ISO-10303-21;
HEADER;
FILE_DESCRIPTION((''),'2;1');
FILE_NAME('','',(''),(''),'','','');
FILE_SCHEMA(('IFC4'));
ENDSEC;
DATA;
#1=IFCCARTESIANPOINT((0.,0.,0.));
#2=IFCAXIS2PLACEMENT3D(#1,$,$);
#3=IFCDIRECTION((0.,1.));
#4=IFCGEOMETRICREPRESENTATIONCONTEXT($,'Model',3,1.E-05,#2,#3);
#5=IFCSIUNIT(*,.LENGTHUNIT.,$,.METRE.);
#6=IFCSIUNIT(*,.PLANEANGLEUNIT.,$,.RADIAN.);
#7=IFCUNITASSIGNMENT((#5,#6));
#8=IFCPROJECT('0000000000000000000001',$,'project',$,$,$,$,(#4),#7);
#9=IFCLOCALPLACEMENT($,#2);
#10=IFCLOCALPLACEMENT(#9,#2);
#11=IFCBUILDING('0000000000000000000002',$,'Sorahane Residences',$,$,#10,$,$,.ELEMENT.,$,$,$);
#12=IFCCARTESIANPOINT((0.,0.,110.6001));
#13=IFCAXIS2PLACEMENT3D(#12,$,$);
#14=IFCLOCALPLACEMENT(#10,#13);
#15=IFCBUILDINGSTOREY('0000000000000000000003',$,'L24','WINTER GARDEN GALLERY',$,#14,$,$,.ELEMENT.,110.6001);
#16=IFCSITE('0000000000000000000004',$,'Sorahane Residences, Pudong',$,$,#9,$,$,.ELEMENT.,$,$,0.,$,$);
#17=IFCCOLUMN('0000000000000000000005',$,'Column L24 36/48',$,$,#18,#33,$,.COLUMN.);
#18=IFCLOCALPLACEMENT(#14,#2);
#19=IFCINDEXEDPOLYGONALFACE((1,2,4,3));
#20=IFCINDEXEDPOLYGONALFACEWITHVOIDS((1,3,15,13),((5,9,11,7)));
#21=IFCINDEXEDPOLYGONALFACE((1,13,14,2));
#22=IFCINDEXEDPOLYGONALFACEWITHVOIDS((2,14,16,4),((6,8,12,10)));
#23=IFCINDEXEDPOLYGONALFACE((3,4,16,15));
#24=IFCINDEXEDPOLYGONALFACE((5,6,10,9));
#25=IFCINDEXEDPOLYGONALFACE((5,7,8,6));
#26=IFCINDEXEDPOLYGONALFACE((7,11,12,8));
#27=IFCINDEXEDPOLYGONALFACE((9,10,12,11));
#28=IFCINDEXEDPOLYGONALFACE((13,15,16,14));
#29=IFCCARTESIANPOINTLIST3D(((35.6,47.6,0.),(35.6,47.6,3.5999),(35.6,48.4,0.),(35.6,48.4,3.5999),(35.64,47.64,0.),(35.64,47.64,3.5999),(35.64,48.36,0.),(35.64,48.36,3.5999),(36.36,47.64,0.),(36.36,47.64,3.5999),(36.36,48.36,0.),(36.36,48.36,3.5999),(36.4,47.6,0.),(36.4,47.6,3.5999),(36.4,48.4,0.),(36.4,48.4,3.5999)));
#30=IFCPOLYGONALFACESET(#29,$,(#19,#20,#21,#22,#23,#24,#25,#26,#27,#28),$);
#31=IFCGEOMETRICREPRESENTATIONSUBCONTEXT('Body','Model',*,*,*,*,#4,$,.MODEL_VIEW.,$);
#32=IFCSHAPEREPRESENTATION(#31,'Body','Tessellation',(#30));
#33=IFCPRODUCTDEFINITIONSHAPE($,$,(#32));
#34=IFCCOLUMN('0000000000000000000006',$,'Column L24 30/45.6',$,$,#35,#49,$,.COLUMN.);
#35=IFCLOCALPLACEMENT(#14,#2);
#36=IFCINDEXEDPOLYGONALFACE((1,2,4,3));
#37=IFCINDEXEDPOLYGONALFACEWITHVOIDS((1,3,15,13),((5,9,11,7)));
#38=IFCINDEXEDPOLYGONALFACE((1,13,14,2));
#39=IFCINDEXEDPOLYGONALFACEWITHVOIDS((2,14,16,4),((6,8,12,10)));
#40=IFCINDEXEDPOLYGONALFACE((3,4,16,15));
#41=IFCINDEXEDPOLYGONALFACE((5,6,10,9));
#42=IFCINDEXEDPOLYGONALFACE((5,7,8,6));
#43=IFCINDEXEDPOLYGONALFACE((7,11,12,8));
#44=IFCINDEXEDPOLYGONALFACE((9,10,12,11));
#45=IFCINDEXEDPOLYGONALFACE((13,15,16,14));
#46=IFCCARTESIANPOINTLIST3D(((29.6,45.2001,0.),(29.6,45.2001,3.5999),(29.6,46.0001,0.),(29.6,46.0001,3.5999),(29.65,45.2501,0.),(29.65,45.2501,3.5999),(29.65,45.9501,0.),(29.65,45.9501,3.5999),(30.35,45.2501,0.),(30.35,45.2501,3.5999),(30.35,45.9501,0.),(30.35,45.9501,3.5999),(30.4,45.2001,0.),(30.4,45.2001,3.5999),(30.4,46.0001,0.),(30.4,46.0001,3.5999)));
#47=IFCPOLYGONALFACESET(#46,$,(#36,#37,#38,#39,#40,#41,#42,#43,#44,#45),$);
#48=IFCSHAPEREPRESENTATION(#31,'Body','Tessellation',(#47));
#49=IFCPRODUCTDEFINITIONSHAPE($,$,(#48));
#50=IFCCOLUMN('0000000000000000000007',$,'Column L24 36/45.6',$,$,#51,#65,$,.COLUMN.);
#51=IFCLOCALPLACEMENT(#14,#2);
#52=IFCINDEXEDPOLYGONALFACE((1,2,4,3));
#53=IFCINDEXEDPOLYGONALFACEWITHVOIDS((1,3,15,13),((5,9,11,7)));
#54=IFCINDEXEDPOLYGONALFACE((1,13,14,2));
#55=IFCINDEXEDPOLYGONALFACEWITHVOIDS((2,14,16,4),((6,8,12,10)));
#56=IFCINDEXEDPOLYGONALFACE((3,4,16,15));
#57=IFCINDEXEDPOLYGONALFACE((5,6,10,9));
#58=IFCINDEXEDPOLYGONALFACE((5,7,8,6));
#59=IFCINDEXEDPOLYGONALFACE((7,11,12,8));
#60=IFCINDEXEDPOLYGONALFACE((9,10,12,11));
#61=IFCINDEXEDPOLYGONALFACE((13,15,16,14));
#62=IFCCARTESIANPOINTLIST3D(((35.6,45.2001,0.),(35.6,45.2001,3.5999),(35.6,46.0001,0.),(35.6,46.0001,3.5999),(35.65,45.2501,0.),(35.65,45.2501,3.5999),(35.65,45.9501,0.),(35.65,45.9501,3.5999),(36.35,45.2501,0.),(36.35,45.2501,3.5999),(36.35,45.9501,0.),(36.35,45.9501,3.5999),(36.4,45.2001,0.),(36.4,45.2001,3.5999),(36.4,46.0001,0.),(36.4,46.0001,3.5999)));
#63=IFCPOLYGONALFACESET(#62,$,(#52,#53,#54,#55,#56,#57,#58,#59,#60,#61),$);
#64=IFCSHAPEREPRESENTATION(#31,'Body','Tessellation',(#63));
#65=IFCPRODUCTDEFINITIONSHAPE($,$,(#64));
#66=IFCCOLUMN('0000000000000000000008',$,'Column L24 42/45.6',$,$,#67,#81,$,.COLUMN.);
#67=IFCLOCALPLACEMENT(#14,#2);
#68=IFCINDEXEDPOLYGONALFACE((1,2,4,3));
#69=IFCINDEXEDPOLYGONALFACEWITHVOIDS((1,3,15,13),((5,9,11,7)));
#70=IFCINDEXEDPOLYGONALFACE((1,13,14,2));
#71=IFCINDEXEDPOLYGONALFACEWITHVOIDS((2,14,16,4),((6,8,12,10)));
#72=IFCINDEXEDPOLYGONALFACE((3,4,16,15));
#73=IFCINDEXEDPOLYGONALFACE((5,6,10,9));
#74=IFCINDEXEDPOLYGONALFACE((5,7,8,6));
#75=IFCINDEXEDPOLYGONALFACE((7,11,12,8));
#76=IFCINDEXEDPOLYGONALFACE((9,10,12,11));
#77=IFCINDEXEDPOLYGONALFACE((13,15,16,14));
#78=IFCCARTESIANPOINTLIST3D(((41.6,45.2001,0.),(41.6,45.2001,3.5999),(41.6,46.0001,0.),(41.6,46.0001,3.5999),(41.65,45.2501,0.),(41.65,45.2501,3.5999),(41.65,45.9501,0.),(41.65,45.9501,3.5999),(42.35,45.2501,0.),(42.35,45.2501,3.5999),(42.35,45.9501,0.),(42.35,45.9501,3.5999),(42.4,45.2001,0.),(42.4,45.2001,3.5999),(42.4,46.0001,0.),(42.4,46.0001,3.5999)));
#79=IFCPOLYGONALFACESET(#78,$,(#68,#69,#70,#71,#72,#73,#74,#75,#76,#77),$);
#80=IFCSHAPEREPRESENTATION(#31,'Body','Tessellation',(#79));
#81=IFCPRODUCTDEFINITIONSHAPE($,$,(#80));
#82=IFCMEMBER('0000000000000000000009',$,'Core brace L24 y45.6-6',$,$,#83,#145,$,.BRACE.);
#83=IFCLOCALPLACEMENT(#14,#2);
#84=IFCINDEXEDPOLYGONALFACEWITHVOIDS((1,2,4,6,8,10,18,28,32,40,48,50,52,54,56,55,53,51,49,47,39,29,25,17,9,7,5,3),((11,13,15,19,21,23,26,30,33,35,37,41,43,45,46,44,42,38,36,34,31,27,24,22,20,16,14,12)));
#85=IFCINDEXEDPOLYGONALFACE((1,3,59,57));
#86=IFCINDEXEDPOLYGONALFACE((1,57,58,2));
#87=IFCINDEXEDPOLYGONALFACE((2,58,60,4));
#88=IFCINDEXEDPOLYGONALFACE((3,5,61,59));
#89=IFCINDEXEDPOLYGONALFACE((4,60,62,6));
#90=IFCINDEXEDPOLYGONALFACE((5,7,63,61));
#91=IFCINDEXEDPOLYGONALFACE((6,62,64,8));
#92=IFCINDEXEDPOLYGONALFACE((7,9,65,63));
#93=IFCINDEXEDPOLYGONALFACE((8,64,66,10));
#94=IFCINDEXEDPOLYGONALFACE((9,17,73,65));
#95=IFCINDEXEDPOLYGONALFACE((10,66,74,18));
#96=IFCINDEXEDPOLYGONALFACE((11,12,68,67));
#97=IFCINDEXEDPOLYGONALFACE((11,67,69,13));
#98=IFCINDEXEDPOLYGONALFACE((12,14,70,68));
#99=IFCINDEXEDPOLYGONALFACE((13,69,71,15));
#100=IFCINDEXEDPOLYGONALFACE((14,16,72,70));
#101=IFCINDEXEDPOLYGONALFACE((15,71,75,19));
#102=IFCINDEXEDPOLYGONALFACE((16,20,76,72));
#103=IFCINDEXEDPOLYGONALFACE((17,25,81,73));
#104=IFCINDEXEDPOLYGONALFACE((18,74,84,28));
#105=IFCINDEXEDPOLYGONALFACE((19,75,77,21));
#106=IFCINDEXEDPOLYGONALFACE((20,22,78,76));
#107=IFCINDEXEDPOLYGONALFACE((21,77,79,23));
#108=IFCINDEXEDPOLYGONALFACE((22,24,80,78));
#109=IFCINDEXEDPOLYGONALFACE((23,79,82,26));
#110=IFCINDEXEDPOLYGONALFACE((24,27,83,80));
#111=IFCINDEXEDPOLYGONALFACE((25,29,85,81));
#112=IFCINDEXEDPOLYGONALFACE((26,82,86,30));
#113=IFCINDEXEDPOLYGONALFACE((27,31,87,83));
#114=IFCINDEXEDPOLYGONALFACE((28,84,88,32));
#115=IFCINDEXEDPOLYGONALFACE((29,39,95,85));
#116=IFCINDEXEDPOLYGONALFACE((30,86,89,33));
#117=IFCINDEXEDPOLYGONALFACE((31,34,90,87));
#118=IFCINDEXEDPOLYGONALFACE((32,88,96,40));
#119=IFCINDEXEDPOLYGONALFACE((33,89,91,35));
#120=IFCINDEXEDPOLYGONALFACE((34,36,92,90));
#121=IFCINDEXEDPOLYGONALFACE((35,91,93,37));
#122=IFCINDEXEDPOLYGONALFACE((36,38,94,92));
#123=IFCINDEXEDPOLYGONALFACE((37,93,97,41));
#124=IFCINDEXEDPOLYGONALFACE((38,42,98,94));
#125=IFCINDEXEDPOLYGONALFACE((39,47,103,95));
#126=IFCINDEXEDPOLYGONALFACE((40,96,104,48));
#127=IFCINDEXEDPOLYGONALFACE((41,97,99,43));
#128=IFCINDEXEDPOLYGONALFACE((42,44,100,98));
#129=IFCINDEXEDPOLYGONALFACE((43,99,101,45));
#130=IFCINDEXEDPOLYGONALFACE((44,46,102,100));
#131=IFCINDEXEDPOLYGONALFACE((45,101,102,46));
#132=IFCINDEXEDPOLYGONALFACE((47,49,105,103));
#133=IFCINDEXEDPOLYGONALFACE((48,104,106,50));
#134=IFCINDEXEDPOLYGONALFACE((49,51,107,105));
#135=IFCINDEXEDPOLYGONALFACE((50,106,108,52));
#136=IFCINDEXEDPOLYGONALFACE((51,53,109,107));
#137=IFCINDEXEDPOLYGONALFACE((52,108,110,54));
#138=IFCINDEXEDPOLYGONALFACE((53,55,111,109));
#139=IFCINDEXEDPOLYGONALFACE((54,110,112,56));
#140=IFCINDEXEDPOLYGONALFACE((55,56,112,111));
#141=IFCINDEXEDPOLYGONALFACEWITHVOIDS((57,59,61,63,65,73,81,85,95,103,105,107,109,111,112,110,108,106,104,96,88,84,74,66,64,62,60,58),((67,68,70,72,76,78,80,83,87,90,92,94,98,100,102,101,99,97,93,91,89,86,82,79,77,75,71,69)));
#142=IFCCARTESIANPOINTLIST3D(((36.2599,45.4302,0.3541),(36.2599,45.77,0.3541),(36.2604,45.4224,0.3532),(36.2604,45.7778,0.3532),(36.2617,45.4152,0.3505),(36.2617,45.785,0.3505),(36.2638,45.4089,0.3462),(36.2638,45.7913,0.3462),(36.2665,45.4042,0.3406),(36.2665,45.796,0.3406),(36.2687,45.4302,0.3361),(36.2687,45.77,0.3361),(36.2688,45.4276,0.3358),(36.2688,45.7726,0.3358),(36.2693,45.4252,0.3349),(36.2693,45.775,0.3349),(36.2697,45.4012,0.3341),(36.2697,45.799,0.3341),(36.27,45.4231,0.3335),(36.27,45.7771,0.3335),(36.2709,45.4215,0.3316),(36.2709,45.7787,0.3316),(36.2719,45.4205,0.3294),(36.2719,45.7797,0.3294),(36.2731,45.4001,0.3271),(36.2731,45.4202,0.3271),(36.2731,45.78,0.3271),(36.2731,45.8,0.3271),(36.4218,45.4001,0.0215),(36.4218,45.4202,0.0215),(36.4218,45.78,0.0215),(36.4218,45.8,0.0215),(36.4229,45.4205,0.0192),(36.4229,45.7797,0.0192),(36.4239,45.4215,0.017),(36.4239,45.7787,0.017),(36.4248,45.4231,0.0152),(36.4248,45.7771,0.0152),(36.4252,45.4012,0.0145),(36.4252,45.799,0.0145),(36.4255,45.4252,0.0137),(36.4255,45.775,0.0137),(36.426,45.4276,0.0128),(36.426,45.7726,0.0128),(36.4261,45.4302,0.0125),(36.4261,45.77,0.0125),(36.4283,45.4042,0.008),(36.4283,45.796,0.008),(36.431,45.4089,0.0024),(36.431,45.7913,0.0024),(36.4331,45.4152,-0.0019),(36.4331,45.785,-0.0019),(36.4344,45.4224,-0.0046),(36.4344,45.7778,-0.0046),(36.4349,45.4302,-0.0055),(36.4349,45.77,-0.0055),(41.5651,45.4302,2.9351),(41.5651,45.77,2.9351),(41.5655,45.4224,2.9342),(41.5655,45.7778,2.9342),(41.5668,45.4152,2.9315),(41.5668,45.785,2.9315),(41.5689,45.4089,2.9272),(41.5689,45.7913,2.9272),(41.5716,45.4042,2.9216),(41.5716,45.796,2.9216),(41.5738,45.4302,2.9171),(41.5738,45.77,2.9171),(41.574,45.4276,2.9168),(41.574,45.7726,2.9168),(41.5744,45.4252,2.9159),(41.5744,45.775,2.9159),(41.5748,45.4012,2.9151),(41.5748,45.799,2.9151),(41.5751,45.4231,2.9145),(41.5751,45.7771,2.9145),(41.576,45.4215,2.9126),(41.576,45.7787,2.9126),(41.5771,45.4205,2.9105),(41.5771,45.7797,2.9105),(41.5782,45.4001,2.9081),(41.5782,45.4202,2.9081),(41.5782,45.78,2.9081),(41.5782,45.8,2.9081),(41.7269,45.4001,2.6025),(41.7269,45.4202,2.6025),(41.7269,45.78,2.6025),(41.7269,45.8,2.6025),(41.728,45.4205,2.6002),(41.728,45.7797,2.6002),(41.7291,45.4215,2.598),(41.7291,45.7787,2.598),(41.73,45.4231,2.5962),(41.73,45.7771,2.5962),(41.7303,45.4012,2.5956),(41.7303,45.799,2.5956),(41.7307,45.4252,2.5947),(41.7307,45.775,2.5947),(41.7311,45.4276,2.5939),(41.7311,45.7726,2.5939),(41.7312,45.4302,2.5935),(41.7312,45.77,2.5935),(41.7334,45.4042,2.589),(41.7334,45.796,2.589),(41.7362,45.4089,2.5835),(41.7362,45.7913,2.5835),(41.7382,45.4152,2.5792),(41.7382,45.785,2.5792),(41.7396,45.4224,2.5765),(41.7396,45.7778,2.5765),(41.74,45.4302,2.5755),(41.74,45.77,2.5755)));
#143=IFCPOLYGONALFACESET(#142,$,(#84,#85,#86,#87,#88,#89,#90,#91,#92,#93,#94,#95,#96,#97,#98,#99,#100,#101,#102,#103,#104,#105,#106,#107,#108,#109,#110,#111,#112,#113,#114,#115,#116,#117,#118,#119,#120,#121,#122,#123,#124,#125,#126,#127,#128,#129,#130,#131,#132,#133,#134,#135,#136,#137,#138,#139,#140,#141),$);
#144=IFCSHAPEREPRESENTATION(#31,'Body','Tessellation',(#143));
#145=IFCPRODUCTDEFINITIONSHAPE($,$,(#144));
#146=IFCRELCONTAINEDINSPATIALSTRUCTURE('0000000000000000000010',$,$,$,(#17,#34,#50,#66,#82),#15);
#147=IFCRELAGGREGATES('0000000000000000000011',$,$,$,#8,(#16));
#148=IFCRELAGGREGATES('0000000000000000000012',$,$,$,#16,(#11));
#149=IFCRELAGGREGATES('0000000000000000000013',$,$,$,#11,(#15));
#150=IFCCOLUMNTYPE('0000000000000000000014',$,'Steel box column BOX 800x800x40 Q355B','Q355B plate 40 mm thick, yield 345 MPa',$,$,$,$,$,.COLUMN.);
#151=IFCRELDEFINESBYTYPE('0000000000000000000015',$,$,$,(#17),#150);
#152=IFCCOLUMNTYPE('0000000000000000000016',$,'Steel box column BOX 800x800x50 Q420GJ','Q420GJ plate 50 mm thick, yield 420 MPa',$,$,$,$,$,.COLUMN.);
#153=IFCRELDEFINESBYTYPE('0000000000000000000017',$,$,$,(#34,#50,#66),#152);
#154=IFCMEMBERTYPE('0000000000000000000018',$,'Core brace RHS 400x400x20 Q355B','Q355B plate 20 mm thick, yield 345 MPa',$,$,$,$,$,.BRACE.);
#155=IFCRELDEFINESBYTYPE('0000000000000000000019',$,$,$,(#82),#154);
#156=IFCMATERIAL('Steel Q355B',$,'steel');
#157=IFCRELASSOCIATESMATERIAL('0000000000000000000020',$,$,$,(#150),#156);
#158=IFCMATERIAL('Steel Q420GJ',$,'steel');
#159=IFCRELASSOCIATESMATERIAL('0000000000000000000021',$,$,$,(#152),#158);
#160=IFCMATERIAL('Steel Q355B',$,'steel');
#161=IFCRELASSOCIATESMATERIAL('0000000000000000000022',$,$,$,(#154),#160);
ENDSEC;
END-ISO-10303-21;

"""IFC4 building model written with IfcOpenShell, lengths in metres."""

from ifc_helpers import new_model, si_unit, direction, frame, origin, origin_2d, place, context, subcontext, project, spatial, hollow_rectangle, extrude, material, material_profile, profile_set, type_object, element, save


model = new_model("IFC4")

# Units and contexts
model_context = context("Model", 3, precision=1e-05, world=origin(), true_north=direction((0.0, 1.0)))
body_context = subcontext(model_context, "Body", "Model", "MODEL_VIEW")
ifc_project = project(units=[si_unit("LENGTHUNIT", "METRE"), si_unit("PLANEANGLEUNIT", "RADIAN")], contexts=[model_context])

# Site, building, storey
site_placement = place(None, origin())
site = spatial("IfcSite", under=ifc_project, at=site_placement, Name="Sorahane Residences, Pudong", CompositionType="ELEMENT", RefElevation=0.0)
building_placement = place(site_placement, origin())
building = spatial("IfcBuilding", under=site, at=building_placement, Name="Sorahane Residences", CompositionType="ELEMENT")
storey_placement = place(building_placement, frame((0.0, 0.0, 110.6001)))
storey = spatial("IfcBuildingStorey", under=building, at=storey_placement, Name="L24", Description="WINTER GARDEN GALLERY", CompositionType="ELEMENT", Elevation=110.6001)

# Columns
ifc_material_1 = material(Name="Steel Q355B", Category="steel")
ifc_material_profile_1 = material_profile(ifc_material_1, hollow_rectangle(XDim=0.8, YDim=0.8, WallThickness=0.04, at=origin_2d()), Name="BOX 800x800x40")
ifc_profile_set_1 = profile_set([ifc_material_profile_1], Name="Steel Q355B")
column_type_1 = type_object("IfcColumnType", Name="Steel box column BOX 800x800x40 Q355B", Description="Q355B plate 40 mm thick, yield 345 MPa", PredefinedType="COLUMN", material=ifc_profile_set_1)
column_placement = place(storey_placement, frame((36.0, 48.0, 0.0), z_axis=(0.0, 0.0, 1.0), x_axis=(1.0, 0.0, 0.0)))
element("IfcColumn", 1, at=column_placement, inside=storey, type_object=column_type_1, Name="Column L24 36/48", PredefinedType="COLUMN", context=body_context, shape_type="SweptSolid", body=[
    extrude(hollow_rectangle(XDim=0.8, YDim=0.8, WallThickness=0.04, at=origin_2d()), origin(), (0.0, 0.0, 1.0), 3.5999),
])
ifc_material_2 = material(Name="Steel Q420GJ", Category="steel")
ifc_material_profile_2 = material_profile(ifc_material_2, hollow_rectangle(XDim=0.8, YDim=0.8, WallThickness=0.05, at=origin_2d()), Name="BOX 800x800x50")
ifc_profile_set_2 = profile_set([ifc_material_profile_2], Name="Steel Q420GJ")
column_type_2 = type_object("IfcColumnType", Name="Steel box column BOX 800x800x50 Q420GJ", Description="Q420GJ plate 50 mm thick, yield 420 MPa", PredefinedType="COLUMN", material=ifc_profile_set_2)
for number, where, z_axis, x_axis, name in (
    (2, (30.0, 45.6001, 0.0), (0.0, 0.0, 1.0), (1.0, 0.0, 0.0), "Column L24 30/45.6"),
    (3, (36.0, 45.6001, 0.0), (0.0, 0.0, 1.0), (1.0, 0.0, 0.0), "Column L24 36/45.6"),
    (4, (42.0, 45.6001, 0.0), (0.0, 0.0, 1.0), (1.0, 0.0, 0.0), "Column L24 42/45.6"),
):
    element("IfcColumn", number, at=place(storey_placement, frame(where, z_axis=z_axis, x_axis=x_axis)), inside=storey, type_object=column_type_2, Name=name, PredefinedType="COLUMN", context=body_context, shape_type="SweptSolid", body=[
        extrude(hollow_rectangle(XDim=0.8, YDim=0.8, WallThickness=0.05, at=origin_2d()), origin(), (0.0, 0.0, 1.0), 3.5999),
    ])

# Member
ifc_material_3 = material(Name="Steel Q355B", Category="steel")
ifc_material_profile_3 = material_profile(ifc_material_3, hollow_rectangle(XDim=0.3999, YDim=0.3999, WallThickness=0.02, InnerFilletRadius=0.01, OuterFilletRadius=0.03, at=origin_2d()), Name="RHS 400x400x20")
ifc_profile_set_3 = profile_set([ifc_material_profile_3], Name="Steel Q355B")
member_type_1 = type_object("IfcMemberType", Name="Core brace RHS 400x400x20 Q355B", Description="Q355B plate 20 mm thick, yield 345 MPa", PredefinedType="BRACE", material=ifc_profile_set_3)
member_1_placement = place(storey_placement, frame((36.3474, 45.6001, 0.1743), z_axis=(0.899225, 0.0, 0.437487), x_axis=(0.0, 1.0, 0.0)))
element("IfcMember", 5, at=member_1_placement, inside=storey, type_object=member_type_1, Name="Core brace L24 y45.6-6", PredefinedType="BRACE", context=body_context, shape_type="SweptSolid", body=[
    extrude(hollow_rectangle(XDim=0.3999, YDim=0.3999, WallThickness=0.02, InnerFilletRadius=0.01, OuterFilletRadius=0.03, at=origin_2d()), origin(), (0.0, 0.0, 1.0), 5.8997),
])

save(model, "model.ifc")
